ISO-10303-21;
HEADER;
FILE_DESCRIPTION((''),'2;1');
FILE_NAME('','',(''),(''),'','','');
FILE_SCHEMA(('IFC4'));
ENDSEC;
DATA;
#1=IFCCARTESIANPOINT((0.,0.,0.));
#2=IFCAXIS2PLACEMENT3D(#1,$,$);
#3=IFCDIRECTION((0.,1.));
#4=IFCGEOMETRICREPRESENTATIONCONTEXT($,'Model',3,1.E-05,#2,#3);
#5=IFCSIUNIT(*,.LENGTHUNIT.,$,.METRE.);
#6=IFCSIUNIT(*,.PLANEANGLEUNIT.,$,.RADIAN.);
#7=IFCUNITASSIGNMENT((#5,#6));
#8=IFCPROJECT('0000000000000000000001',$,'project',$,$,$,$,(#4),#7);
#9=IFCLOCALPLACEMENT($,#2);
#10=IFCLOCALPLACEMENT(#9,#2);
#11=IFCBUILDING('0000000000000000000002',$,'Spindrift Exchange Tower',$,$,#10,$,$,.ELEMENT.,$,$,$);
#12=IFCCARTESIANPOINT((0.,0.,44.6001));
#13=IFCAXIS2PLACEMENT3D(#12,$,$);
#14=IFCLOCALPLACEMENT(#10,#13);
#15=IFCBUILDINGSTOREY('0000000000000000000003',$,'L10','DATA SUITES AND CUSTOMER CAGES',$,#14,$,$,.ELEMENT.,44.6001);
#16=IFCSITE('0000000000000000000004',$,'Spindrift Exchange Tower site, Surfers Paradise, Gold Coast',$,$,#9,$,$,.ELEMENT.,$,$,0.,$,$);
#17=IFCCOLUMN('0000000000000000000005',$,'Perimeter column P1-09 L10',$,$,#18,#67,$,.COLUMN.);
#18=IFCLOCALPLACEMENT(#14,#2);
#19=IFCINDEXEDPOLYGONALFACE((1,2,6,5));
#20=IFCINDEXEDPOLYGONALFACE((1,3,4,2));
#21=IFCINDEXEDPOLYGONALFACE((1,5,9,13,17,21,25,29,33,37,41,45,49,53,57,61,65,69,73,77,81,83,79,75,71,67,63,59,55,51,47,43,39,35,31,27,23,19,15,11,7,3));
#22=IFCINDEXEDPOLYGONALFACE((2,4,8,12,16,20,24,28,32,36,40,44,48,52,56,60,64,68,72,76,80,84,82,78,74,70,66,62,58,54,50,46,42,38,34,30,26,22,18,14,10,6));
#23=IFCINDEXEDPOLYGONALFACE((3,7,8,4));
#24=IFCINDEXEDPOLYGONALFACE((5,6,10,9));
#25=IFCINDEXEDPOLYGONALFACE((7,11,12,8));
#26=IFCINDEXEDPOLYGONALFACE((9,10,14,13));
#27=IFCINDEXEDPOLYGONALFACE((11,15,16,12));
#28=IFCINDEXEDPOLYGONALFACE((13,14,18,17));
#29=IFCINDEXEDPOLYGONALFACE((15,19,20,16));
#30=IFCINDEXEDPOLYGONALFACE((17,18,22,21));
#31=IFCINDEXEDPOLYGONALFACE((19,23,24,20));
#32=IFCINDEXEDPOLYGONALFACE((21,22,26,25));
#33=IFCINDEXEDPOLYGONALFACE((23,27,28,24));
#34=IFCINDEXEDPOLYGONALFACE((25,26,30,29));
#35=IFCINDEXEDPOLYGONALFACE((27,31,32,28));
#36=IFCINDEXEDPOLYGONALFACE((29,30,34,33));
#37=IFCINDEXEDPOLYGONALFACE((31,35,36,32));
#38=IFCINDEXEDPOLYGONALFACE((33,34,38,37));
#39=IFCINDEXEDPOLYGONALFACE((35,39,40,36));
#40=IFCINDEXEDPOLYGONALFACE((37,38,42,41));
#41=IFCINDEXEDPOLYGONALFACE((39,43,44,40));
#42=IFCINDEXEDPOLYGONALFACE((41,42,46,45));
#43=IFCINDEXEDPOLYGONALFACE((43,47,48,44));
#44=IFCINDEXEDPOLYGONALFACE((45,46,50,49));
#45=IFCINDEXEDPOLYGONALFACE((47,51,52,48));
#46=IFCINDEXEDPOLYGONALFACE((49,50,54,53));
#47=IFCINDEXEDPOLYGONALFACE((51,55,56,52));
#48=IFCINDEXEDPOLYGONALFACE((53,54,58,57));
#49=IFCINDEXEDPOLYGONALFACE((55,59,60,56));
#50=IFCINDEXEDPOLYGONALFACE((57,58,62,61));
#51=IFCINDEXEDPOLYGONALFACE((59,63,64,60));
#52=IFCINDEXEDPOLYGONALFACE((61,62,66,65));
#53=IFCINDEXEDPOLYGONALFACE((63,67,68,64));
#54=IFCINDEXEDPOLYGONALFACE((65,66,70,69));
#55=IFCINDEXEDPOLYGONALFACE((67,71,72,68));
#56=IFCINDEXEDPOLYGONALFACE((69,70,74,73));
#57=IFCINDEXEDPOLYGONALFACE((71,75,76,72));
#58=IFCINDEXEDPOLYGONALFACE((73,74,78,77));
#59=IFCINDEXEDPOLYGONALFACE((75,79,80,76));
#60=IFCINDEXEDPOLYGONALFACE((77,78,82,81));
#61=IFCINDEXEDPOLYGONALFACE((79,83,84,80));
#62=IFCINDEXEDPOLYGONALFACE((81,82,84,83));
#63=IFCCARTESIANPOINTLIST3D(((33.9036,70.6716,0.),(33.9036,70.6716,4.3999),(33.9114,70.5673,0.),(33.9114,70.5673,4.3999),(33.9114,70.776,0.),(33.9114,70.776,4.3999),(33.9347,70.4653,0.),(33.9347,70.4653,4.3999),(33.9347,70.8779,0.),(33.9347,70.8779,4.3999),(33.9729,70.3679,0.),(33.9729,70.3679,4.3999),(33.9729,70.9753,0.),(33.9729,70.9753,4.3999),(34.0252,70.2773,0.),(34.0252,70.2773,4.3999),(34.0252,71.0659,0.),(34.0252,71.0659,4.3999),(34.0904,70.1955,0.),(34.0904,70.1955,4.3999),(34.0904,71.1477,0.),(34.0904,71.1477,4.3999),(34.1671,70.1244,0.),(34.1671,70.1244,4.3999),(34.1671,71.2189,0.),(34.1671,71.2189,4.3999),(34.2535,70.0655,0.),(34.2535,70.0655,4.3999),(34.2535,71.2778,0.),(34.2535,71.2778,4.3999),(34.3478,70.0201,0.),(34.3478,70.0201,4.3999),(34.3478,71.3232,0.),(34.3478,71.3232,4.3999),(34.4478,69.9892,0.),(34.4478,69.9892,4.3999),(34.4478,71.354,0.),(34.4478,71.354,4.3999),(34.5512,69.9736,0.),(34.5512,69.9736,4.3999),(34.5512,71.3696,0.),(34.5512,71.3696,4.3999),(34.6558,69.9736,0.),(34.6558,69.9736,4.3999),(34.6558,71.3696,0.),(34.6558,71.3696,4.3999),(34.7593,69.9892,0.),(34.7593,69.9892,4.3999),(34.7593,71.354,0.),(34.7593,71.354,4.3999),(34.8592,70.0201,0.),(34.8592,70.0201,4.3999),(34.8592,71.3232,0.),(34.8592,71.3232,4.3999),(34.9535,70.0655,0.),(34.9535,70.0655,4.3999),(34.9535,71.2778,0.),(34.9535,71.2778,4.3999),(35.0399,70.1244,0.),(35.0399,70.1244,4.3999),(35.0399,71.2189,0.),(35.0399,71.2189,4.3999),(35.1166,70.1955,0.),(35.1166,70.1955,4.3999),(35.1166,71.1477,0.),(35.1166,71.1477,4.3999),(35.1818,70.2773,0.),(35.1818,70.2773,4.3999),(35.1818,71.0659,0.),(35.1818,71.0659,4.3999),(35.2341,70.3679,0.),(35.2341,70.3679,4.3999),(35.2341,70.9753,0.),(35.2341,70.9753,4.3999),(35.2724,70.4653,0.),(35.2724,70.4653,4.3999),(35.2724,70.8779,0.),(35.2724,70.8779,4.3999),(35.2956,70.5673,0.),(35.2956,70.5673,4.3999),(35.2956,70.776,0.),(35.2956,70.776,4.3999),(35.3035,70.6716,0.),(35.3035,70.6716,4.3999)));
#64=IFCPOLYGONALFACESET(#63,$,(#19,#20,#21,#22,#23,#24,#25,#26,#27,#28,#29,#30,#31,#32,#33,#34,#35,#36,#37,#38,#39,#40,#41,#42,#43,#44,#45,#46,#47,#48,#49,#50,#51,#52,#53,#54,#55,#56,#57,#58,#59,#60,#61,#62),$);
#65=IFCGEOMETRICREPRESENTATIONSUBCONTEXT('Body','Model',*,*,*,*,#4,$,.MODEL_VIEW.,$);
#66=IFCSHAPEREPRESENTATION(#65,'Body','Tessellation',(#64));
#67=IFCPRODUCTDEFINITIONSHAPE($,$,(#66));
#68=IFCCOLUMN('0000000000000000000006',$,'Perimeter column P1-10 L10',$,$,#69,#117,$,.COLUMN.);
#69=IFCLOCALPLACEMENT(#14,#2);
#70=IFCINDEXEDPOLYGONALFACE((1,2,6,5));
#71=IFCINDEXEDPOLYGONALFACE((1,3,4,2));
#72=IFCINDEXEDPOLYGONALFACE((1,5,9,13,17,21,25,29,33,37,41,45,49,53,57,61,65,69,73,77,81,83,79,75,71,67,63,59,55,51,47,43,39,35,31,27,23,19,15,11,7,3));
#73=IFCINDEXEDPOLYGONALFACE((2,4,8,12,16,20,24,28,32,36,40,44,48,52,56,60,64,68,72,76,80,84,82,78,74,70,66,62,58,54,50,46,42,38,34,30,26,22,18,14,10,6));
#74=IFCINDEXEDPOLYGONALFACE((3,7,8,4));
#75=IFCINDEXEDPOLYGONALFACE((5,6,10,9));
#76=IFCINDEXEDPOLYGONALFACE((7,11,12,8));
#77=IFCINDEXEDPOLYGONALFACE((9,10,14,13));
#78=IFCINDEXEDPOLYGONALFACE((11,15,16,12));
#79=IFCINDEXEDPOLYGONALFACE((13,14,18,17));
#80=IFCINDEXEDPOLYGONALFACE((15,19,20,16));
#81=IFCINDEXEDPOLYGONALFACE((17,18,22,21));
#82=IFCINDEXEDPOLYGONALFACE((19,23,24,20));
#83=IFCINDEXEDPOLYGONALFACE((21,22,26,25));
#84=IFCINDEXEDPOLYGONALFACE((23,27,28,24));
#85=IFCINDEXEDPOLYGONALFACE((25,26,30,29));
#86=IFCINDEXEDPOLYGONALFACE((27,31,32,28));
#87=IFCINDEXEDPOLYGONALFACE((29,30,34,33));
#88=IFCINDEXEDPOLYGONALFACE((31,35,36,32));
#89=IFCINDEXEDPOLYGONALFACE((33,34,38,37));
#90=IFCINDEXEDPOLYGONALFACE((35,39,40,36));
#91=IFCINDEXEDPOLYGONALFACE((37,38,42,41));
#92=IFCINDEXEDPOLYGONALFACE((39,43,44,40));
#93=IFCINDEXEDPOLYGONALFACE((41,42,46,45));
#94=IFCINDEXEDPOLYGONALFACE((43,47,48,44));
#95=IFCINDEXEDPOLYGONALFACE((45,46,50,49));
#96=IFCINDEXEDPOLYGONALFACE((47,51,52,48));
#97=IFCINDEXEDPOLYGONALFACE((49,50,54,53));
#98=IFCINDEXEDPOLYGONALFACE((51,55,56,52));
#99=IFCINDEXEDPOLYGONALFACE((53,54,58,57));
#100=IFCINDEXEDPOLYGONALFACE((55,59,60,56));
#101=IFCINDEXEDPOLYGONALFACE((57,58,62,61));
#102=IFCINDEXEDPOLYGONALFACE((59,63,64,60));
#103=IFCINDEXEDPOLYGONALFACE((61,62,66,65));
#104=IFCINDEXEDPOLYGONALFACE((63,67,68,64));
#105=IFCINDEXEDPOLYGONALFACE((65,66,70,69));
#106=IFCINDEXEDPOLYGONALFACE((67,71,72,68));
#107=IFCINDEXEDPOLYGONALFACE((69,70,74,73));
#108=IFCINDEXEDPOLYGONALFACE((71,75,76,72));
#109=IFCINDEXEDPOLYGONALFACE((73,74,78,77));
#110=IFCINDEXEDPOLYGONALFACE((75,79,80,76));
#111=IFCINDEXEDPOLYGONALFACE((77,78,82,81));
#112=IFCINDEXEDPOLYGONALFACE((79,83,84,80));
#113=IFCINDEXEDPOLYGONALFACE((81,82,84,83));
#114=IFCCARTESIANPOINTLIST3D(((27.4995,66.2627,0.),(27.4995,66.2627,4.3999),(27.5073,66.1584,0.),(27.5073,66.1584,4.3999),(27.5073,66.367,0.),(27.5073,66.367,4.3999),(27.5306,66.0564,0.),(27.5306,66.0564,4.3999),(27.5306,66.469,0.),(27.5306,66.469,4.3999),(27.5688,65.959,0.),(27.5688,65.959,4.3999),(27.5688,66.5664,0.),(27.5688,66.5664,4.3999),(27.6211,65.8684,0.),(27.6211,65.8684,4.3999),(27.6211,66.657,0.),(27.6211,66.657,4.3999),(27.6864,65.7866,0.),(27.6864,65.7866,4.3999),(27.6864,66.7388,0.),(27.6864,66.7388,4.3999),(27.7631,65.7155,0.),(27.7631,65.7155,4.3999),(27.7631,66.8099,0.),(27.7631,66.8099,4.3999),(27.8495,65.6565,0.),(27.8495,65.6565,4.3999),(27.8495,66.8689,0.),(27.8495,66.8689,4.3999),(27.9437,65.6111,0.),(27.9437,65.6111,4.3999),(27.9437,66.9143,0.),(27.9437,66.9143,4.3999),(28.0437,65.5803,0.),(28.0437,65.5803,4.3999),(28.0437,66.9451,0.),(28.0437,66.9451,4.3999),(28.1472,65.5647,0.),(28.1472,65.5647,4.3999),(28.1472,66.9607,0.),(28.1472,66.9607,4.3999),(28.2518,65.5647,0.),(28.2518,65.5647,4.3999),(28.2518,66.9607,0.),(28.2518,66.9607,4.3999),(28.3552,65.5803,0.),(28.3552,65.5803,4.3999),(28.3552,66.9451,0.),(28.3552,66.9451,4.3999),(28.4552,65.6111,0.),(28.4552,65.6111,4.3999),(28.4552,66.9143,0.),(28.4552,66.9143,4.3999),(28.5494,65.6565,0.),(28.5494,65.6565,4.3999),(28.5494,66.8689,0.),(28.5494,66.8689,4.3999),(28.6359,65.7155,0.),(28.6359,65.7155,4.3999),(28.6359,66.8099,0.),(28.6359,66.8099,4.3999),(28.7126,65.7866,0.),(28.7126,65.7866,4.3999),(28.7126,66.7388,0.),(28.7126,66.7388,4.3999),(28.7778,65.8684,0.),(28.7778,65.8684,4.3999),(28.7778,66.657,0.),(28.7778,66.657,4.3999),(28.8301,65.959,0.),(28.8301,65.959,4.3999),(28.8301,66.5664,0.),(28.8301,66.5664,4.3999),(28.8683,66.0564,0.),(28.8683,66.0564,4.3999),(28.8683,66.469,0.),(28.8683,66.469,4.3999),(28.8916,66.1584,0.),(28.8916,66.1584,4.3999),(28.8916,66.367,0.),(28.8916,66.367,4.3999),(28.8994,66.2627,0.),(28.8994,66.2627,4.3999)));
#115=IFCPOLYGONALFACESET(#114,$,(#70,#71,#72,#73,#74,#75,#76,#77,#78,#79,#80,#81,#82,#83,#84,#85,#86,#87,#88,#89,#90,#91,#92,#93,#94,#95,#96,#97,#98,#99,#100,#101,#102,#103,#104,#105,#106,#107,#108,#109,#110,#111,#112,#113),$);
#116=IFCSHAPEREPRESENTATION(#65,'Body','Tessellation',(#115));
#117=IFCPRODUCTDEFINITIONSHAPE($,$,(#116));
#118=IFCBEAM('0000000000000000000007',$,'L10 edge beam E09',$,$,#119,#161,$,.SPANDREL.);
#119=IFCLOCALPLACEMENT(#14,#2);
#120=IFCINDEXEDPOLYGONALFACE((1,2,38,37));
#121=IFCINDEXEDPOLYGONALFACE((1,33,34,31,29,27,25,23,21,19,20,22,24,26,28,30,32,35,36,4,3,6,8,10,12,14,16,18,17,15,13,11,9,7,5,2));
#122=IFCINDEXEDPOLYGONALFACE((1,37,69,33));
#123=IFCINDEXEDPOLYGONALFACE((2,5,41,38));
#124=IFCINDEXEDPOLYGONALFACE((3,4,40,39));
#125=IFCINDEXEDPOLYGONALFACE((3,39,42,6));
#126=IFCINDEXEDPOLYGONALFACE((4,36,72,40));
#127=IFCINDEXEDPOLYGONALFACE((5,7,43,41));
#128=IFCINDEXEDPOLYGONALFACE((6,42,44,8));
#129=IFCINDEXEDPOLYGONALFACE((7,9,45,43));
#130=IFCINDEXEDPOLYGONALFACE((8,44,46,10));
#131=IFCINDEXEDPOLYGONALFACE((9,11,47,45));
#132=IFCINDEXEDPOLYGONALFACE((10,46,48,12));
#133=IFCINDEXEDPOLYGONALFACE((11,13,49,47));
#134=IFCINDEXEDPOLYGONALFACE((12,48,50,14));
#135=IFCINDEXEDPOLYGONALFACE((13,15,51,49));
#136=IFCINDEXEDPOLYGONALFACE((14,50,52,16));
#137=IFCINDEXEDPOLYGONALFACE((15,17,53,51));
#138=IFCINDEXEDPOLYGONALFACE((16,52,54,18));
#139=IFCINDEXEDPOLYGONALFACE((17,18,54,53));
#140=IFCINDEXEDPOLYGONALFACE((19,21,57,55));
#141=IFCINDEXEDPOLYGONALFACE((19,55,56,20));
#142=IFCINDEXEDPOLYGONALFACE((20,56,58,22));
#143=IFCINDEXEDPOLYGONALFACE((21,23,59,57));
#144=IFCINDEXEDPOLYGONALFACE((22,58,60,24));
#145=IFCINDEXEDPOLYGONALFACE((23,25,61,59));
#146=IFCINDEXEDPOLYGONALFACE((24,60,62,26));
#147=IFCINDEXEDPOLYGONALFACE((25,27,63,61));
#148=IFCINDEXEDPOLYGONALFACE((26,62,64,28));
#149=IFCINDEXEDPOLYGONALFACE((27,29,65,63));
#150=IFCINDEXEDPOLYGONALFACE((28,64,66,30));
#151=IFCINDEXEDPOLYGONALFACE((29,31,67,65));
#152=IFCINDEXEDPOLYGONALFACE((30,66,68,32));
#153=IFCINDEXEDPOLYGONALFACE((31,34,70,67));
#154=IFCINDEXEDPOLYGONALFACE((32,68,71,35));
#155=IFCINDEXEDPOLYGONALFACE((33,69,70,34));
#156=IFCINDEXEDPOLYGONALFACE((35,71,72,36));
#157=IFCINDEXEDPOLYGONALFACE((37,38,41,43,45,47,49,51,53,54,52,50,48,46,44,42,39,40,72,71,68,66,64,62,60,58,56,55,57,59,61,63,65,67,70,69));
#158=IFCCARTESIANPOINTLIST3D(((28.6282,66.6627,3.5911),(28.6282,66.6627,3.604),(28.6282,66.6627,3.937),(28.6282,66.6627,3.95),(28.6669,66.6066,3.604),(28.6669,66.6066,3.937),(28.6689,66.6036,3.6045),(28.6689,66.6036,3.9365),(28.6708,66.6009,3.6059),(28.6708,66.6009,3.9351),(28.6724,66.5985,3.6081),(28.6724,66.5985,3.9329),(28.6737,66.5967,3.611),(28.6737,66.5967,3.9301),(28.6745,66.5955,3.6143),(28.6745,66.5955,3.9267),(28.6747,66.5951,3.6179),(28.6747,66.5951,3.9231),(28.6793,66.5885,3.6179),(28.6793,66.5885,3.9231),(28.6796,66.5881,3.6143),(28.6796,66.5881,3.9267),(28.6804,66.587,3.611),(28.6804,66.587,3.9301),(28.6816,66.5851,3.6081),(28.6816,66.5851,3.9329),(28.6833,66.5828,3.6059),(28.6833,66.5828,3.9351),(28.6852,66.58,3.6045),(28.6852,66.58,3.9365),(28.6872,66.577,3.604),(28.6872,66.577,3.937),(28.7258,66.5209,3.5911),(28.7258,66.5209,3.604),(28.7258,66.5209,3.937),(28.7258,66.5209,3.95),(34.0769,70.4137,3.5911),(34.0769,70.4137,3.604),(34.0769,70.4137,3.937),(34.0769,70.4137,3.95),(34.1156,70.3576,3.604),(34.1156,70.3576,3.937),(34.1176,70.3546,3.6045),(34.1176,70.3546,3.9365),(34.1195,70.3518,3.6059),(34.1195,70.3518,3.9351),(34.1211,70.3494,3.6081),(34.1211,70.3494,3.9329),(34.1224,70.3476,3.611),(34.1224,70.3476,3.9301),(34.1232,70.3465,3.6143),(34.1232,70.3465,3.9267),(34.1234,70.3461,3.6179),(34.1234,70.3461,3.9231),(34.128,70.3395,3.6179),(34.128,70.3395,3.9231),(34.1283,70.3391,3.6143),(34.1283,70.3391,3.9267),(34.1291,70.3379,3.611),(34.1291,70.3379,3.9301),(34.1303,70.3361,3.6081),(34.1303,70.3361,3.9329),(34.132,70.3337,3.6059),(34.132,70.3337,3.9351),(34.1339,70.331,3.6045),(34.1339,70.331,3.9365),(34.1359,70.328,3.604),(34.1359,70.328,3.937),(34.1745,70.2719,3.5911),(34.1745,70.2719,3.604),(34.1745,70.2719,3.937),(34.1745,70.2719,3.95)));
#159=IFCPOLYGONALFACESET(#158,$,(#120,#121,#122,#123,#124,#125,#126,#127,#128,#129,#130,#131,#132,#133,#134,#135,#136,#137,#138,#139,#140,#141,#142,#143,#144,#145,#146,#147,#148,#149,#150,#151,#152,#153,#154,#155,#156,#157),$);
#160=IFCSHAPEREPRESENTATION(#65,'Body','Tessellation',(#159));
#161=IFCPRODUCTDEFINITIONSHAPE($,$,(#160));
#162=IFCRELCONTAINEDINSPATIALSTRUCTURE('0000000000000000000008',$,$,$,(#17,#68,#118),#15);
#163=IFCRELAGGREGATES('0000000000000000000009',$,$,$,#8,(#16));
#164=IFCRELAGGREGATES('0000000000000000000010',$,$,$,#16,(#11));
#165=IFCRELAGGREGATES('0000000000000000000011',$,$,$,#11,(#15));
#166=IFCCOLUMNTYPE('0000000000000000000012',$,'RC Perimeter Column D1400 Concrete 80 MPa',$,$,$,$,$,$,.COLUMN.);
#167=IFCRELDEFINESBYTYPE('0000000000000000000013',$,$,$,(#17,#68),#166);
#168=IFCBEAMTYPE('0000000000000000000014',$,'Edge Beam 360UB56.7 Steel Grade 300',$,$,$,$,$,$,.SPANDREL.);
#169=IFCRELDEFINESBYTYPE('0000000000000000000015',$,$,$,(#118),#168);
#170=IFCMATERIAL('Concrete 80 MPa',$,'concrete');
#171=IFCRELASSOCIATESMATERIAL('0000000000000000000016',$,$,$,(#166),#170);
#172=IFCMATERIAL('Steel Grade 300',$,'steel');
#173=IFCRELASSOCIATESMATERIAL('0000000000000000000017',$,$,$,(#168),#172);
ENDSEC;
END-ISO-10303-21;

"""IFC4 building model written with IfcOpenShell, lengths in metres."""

from ifc_helpers import new_model, si_unit, direction, frame, origin, origin_2d, place, context, subcontext, project, spatial, circle, i_section, extrude, source, transform, mapped, material, material_profile, profile_set, type_object, element, save


model = new_model("IFC4")

# Units and contexts
model_context = context("Model", 3, precision=1e-05, world=origin(), true_north=direction((0.0, 1.0)))
body_context = subcontext(model_context, "Body", "Model", "MODEL_VIEW")
ifc_project = project(units=[si_unit("LENGTHUNIT", "METRE"), si_unit("PLANEANGLEUNIT", "RADIAN")], contexts=[model_context])

# Site, building, storey
site_placement = place(None, origin())
site = spatial("IfcSite", under=ifc_project, at=site_placement, Name="Spindrift Exchange Tower site, Surfers Paradise, Gold Coast", CompositionType="ELEMENT", RefElevation=0.0)
building_placement = place(site_placement, origin())
building = spatial("IfcBuilding", under=site, at=building_placement, Name="Spindrift Exchange Tower", CompositionType="ELEMENT")
storey_placement = place(building_placement, frame((0.0, 0.0, 44.6001)))
storey = spatial("IfcBuildingStorey", under=building, at=storey_placement, Name="L10", Description="DATA SUITES AND CUSTOMER CAGES", CompositionType="ELEMENT", Elevation=44.6001)

# Columns
ifc_material_1 = material(Name="Concrete 80 MPa", Category="concrete")
ifc_material_profile_1 = material_profile(ifc_material_1, circle(Radius=0.7, at=origin_2d()), Name="RC D1400")
ifc_profile_set_1 = profile_set([ifc_material_profile_1], Name="Concrete 80 MPa")
column_type = type_object("IfcColumnType", Name="RC Perimeter Column D1400 Concrete 80 MPa", PredefinedType="COLUMN", material=ifc_profile_set_1)
shared_shape_1 = source(origin(), body_context, "Body", "SweptSolid", [
    extrude(circle(Radius=0.7, at=origin_2d()), origin(), (0.0, 0.0, 1.0), 4.3999),
])
for number, where, z_axis, x_axis, name in (
    (1, (34.6035, 70.6716, 0.0), (0.0, 0.0, 1.0), (1.0, 0.0, 0.0), "Perimeter column P1-09 L10"),
    (2, (28.1995, 66.2627, 0.0), (0.0, 0.0, 1.0), (1.0, 0.0, 0.0), "Perimeter column P1-10 L10"),
):
    element("IfcColumn", number, at=place(storey_placement, frame(where, z_axis=z_axis, x_axis=x_axis)), inside=storey, type_object=column_type, Name=name, PredefinedType="COLUMN", context=body_context, shape_type="MappedRepresentation", body=[
        mapped(shared_shape_1, transform((0.0, 0.0, 0.0), scale=1.0)),
    ])

# Beam
ifc_material_2 = material(Name="Steel Grade 300", Category="steel")
ifc_material_profile_2 = material_profile(ifc_material_2, i_section(OverallWidth=0.1721, OverallDepth=0.3589, WebThickness=0.0081, FlangeThickness=0.0129, FilletRadius=0.0139, at=origin_2d()), Name="360UB56.7")
ifc_profile_set_2 = profile_set([ifc_material_profile_2], Name="Steel Grade 300")
beam_type_1 = type_object("IfcBeamType", Name="Edge Beam 360UB56.7 Steel Grade 300", PredefinedType="SPANDREL", material=ifc_profile_set_2)
shared_shape_2 = source(origin(), body_context, "Body", "SweptSolid", [
    extrude(i_section(OverallWidth=0.1721, OverallDepth=0.3589, WebThickness=0.0081, FlangeThickness=0.0129, FilletRadius=0.0139, at=origin_2d()), origin(), (0.0, 0.0, 1.0), 6.615),
])
beam_1_placement = place(storey_placement, frame((34.1257, 70.3428, 3.7705), z_axis=(-0.823691, -0.567039, 0.0), x_axis=(0.567039, -0.823691, 0.0)))
element("IfcBeam", 3, at=beam_1_placement, inside=storey, type_object=beam_type_1, Name="L10 edge beam E09", PredefinedType="SPANDREL", context=body_context, shape_type="MappedRepresentation", body=[
    mapped(shared_shape_2, transform((0.0, 0.0, 0.0), scale=1.0)),
])

save(model, "model.ifc")
